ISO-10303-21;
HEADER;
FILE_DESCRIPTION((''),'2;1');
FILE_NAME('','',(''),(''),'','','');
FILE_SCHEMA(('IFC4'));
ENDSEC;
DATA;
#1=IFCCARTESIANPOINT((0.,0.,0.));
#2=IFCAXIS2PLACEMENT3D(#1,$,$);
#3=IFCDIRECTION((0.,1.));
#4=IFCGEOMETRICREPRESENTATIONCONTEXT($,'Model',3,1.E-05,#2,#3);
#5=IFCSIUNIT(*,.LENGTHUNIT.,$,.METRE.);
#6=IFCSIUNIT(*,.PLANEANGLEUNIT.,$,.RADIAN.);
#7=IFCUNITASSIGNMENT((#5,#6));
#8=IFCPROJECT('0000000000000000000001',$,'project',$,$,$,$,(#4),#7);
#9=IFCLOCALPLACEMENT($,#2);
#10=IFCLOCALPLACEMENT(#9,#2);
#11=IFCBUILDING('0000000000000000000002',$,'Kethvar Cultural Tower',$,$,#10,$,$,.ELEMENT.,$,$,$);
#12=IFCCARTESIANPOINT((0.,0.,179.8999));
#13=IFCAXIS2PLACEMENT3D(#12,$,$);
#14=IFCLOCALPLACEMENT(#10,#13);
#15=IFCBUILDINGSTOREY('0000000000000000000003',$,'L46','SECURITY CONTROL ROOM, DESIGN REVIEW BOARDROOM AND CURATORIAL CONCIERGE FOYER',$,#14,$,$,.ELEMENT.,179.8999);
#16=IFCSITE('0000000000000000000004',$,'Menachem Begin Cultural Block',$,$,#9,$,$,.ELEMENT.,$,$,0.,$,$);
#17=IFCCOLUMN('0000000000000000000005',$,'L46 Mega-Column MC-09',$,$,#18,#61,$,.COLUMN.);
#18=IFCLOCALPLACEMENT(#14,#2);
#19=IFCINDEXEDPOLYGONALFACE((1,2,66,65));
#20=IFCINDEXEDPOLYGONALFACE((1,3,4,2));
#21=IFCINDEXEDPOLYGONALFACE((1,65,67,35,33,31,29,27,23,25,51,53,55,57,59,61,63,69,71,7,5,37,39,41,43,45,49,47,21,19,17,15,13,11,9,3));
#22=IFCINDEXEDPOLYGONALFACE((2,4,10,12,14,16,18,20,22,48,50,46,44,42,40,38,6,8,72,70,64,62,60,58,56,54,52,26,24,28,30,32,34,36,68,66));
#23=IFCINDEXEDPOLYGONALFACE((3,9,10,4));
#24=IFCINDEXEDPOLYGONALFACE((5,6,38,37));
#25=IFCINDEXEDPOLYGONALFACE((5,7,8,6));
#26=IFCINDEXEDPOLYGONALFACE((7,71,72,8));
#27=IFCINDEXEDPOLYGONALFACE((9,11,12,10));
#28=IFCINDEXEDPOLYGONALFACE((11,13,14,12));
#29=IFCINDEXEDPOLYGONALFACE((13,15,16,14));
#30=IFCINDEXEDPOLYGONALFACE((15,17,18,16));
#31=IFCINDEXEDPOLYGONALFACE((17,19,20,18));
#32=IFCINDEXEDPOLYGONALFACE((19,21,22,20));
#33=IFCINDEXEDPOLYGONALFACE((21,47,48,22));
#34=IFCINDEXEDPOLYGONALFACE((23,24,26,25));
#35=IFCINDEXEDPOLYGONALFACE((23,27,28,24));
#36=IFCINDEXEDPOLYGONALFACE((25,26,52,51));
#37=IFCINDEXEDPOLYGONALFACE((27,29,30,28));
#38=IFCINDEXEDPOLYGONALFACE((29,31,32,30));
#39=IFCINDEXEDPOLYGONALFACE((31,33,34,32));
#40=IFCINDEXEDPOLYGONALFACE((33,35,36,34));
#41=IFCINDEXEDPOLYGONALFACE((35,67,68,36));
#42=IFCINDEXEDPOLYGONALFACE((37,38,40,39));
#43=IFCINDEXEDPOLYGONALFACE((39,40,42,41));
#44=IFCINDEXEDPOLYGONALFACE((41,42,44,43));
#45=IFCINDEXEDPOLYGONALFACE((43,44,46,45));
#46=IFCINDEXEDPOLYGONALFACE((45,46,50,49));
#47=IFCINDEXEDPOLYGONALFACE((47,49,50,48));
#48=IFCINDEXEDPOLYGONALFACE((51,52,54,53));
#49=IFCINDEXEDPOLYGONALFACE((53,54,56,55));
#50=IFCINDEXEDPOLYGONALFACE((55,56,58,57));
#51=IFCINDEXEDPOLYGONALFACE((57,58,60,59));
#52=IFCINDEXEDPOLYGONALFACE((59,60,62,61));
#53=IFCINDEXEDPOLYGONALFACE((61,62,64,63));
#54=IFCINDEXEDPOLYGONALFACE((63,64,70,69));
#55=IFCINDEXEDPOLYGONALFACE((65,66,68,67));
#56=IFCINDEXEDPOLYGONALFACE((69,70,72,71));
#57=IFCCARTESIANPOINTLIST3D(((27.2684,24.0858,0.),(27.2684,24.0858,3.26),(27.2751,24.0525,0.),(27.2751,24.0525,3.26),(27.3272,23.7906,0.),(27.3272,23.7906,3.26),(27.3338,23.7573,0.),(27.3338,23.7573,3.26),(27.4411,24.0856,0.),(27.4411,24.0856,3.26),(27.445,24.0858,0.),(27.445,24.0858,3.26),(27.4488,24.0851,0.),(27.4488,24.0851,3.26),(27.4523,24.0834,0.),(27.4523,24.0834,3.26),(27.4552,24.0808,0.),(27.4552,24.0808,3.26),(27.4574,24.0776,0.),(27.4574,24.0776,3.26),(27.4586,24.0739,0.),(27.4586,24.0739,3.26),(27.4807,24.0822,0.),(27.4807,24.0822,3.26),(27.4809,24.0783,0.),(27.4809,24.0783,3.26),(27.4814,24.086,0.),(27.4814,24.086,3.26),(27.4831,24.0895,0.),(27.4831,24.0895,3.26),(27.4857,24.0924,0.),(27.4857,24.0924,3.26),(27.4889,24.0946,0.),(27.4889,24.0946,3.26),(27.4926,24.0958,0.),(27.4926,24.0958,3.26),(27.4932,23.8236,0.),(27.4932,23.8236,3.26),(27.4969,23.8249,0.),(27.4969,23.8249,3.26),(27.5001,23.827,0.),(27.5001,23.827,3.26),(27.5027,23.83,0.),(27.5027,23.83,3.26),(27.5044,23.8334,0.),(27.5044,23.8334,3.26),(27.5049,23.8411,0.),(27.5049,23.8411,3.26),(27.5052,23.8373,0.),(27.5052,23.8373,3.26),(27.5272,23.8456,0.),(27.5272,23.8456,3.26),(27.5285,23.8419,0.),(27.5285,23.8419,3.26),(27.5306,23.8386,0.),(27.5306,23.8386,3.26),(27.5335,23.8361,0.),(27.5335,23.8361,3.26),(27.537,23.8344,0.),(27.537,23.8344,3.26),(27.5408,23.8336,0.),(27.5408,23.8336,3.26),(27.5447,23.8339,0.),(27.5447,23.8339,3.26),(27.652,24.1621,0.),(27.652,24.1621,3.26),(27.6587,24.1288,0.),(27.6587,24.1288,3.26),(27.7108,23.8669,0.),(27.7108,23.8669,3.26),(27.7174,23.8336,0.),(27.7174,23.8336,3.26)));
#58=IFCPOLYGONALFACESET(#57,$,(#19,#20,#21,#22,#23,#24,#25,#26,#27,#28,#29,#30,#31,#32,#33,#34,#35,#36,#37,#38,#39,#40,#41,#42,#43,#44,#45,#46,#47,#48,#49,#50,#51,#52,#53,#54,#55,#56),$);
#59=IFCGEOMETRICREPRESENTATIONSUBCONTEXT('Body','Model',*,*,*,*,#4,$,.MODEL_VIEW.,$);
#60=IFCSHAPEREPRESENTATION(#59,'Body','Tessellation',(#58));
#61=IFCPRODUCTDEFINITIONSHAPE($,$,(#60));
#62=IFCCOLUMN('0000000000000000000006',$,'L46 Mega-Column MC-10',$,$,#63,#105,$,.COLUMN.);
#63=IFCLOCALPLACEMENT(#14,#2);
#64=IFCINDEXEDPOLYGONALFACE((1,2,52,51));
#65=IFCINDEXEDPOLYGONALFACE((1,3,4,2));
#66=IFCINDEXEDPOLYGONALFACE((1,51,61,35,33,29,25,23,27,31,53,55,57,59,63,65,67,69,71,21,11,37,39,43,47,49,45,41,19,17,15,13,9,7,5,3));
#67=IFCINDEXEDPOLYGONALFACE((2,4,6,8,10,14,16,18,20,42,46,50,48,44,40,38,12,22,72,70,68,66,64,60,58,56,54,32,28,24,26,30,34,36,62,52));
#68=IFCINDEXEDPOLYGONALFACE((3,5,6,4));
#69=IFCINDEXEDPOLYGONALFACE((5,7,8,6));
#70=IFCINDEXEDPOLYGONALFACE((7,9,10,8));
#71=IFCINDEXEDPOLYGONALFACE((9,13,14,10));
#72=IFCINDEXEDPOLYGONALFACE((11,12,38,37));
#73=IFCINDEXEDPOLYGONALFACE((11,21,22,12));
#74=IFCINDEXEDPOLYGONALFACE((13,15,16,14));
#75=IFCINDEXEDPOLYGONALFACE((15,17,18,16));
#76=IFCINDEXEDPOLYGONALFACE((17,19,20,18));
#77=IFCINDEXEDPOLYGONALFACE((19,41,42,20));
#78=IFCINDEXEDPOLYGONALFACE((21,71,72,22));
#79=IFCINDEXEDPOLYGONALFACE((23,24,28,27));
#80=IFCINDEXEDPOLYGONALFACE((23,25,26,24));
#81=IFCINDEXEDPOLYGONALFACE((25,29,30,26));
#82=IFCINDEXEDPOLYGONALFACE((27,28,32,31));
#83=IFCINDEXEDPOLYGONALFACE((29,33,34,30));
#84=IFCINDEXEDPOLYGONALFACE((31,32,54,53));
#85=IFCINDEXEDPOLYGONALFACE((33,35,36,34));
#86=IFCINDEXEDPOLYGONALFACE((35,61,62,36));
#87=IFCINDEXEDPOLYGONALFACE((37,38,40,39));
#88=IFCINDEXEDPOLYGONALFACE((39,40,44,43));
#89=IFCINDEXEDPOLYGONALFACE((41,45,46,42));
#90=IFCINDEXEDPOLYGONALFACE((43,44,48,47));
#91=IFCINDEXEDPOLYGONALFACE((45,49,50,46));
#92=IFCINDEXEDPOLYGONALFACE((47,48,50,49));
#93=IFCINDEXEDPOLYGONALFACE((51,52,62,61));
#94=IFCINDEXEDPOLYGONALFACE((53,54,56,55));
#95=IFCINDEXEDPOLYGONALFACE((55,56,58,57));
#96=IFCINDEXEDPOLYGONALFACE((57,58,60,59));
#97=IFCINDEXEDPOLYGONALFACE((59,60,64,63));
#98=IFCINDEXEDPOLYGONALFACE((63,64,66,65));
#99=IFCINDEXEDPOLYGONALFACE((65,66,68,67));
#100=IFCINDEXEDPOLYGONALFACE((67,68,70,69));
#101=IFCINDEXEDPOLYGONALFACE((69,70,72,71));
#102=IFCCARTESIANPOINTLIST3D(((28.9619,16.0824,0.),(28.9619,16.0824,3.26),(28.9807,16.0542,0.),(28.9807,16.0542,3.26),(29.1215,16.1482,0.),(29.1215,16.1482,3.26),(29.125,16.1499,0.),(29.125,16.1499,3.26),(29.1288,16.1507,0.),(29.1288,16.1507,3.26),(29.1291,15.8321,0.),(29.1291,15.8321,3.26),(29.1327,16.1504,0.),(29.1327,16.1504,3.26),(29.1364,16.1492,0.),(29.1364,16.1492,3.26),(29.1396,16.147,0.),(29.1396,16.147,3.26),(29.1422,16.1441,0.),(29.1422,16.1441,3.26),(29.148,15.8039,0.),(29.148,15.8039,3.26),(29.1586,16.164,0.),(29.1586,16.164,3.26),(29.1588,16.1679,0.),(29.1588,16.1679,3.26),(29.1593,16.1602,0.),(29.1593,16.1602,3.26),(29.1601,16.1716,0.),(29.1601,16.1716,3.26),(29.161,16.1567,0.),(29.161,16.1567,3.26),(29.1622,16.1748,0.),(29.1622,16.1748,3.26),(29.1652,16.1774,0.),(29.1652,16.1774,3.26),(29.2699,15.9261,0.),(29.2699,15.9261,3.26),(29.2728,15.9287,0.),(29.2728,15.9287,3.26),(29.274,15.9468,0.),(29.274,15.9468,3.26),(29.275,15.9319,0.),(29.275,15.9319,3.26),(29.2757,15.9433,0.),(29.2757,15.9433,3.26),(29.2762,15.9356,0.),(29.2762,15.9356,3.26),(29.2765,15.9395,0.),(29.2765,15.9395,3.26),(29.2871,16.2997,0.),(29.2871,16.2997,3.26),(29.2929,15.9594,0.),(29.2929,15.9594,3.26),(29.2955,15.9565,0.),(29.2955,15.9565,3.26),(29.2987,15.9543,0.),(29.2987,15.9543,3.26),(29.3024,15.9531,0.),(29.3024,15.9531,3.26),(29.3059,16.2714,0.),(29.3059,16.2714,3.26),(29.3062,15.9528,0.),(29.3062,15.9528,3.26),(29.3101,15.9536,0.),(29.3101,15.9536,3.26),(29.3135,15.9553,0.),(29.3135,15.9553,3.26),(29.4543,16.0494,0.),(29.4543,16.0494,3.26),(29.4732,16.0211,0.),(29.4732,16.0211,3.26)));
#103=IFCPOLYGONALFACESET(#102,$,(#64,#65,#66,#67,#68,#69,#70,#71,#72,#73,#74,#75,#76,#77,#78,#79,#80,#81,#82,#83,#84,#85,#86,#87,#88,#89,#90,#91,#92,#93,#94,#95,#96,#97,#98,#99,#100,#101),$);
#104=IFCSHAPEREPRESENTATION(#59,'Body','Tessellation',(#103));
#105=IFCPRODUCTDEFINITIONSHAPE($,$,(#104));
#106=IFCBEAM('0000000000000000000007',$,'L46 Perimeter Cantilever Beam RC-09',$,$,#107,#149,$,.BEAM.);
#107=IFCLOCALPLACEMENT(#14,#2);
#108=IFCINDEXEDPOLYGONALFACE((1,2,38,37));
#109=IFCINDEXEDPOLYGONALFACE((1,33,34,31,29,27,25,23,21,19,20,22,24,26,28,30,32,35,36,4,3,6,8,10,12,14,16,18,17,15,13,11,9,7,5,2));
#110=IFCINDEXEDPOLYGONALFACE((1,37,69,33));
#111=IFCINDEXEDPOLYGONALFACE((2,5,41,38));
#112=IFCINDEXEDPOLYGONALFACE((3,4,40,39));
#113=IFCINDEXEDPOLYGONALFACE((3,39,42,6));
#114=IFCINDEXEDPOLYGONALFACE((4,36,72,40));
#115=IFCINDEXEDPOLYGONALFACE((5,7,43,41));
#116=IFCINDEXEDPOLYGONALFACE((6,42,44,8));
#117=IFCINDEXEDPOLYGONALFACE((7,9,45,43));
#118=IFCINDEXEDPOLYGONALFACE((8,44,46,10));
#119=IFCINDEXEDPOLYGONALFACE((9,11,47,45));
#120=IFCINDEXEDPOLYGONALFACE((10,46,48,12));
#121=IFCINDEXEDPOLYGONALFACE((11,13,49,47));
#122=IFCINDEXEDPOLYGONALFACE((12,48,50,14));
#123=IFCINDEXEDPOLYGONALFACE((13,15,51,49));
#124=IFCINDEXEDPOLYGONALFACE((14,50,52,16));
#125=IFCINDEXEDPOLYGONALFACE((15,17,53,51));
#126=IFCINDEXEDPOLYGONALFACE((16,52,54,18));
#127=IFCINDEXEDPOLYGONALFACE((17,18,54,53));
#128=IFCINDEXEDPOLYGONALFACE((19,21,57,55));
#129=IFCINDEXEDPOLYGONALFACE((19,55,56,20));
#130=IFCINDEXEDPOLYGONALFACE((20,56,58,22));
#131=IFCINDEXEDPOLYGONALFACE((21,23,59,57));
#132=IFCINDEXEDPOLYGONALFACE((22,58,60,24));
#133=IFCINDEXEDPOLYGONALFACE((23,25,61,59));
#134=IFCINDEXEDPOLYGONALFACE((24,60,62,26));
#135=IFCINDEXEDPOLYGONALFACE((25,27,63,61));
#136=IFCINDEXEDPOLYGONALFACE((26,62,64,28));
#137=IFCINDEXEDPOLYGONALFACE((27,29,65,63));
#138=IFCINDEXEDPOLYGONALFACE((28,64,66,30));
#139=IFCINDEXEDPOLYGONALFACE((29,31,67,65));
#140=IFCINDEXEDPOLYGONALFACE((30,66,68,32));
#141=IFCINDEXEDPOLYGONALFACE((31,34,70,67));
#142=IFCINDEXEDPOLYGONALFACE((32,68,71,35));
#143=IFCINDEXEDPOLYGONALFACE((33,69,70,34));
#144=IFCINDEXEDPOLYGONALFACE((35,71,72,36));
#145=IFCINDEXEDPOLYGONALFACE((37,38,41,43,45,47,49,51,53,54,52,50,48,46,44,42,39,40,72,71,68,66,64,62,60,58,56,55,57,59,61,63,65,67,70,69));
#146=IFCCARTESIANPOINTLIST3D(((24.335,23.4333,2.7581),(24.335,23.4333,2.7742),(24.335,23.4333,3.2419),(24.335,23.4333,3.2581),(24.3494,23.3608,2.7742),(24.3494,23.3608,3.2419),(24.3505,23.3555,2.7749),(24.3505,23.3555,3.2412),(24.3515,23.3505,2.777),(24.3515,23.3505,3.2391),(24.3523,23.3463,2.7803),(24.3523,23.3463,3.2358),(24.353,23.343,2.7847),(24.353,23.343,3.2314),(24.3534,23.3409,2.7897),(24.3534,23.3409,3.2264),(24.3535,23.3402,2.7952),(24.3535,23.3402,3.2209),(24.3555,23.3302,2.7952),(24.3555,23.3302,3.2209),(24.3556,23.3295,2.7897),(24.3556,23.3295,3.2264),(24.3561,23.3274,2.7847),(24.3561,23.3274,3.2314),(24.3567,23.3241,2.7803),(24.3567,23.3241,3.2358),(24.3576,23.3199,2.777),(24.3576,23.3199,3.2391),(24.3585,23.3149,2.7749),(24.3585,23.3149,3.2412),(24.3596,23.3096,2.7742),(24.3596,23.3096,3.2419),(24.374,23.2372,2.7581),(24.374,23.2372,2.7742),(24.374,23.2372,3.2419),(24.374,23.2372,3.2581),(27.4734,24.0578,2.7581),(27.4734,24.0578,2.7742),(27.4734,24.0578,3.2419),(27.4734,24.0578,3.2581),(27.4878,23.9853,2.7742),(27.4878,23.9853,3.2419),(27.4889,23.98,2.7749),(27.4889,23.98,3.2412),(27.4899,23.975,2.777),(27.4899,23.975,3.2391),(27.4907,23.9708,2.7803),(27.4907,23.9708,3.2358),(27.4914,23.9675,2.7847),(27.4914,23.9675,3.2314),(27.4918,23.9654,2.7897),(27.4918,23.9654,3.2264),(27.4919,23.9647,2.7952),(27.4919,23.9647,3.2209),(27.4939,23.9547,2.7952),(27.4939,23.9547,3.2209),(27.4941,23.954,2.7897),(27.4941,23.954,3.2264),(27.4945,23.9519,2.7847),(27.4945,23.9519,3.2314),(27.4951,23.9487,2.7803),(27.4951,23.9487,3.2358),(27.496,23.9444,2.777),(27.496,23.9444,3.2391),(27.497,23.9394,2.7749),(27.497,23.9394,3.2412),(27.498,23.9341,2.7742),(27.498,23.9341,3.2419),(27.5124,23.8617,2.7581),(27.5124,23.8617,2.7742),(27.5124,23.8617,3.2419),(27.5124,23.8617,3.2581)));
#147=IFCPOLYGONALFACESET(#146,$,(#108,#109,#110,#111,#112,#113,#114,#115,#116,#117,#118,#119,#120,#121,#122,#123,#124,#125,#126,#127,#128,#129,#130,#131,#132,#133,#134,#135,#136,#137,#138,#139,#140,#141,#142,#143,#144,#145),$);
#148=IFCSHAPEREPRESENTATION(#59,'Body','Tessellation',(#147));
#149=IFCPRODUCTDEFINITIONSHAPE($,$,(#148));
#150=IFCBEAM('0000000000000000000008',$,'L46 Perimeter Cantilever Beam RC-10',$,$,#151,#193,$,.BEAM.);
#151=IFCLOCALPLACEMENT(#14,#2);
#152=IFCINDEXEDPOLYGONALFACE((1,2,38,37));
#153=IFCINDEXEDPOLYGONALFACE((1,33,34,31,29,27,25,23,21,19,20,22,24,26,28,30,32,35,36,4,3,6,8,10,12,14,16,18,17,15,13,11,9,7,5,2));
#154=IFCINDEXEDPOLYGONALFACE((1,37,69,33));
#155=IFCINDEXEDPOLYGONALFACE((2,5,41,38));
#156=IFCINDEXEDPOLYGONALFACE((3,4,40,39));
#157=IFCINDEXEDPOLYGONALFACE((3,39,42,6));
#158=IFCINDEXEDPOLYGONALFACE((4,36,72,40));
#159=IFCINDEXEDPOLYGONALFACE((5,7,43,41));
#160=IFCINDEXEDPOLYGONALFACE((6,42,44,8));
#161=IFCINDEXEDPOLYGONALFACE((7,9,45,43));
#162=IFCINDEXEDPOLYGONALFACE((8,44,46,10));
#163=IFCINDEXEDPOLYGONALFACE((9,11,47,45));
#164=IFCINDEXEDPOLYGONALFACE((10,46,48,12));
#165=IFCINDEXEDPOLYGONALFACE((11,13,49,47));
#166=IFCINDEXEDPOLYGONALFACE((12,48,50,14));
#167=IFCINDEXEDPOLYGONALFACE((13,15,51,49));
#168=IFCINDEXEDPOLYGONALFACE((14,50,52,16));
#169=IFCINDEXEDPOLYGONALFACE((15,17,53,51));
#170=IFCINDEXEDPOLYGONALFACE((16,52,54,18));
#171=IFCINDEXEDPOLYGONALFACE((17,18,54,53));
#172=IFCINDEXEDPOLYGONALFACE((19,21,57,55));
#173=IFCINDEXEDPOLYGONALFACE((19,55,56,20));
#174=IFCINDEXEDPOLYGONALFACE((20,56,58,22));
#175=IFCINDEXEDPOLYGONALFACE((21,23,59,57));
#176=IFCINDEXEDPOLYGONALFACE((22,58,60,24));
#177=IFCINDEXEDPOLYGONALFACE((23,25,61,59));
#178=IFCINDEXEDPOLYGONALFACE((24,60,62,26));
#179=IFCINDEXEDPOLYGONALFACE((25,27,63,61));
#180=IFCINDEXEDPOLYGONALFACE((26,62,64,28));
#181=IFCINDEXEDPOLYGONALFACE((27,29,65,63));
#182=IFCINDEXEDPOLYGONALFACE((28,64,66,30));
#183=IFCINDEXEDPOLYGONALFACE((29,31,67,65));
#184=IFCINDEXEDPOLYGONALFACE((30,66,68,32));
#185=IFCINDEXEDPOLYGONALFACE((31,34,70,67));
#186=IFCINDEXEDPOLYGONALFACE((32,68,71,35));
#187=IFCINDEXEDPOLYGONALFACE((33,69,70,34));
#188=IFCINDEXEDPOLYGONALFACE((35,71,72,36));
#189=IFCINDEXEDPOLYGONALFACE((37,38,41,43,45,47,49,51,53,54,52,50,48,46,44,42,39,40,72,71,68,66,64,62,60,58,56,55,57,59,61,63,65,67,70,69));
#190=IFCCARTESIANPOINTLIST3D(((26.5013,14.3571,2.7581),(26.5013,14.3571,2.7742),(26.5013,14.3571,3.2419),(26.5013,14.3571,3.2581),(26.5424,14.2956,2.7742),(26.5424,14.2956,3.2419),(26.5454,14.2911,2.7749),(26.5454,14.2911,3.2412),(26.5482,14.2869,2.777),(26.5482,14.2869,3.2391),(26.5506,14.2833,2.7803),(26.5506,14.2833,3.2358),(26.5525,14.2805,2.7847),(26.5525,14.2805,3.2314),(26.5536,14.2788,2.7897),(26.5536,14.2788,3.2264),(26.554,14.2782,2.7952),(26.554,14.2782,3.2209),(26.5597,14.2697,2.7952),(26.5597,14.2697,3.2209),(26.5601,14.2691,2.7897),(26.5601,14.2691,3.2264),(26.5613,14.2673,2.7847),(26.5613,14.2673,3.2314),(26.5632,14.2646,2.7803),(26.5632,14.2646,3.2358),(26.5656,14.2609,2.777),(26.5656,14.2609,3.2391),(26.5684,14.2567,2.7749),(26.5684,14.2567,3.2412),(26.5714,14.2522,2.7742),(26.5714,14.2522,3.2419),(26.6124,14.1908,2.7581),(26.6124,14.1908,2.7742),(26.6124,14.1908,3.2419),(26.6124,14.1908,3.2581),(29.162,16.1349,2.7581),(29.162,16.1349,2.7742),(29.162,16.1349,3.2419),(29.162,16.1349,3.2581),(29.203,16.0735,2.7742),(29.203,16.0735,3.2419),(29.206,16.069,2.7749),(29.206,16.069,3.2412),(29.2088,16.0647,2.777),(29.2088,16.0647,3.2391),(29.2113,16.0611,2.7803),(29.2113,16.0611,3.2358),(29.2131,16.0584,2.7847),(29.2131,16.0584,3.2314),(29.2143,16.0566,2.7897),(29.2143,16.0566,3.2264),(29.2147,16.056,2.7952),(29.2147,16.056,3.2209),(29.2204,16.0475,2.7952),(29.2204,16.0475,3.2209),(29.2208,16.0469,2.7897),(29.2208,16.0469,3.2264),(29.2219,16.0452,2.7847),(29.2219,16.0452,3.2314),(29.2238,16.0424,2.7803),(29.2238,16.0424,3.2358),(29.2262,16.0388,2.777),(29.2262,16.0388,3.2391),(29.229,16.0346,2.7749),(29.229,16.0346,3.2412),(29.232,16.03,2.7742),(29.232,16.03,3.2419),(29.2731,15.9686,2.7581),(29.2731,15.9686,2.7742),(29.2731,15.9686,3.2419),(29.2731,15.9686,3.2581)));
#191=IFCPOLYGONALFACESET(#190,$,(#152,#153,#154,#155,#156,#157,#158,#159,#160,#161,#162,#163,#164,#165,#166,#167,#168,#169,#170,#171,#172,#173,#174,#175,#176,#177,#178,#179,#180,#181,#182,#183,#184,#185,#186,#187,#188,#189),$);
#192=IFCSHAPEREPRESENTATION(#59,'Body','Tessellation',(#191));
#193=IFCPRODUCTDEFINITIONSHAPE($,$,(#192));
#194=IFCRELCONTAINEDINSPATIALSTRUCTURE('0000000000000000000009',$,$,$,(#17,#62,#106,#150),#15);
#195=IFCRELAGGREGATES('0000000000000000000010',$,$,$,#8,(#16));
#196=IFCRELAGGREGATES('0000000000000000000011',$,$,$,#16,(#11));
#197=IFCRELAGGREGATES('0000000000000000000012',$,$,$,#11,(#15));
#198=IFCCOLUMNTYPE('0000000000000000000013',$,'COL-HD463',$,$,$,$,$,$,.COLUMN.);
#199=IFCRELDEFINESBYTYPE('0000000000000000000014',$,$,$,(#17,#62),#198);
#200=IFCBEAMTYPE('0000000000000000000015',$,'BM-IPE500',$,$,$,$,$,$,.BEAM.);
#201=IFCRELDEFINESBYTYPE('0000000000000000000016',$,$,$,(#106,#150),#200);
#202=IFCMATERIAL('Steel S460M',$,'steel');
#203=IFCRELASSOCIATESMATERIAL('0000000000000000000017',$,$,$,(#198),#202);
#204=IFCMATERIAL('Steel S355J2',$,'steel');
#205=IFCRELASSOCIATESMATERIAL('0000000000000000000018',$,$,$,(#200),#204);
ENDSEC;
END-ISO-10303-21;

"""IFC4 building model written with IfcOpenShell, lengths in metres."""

from ifc_helpers import new_model, si_unit, direction, frame, origin, origin_2d, place, context, subcontext, project, spatial, i_section, extrude, source, transform, mapped, material, material_profile, profile_set, type_object, element, save


model = new_model("IFC4")

# Units and contexts
model_context = context("Model", 3, precision=1e-05, world=origin(), true_north=direction((0.0, 1.0)))
body_context = subcontext(model_context, "Body", "Model", "MODEL_VIEW")
ifc_project = project(units=[si_unit("LENGTHUNIT", "METRE"), si_unit("PLANEANGLEUNIT", "RADIAN")], contexts=[model_context])

# Site, building, storey
site_placement = place(None, origin())
site = spatial("IfcSite", under=ifc_project, at=site_placement, Name="Menachem Begin Cultural Block", CompositionType="ELEMENT", RefElevation=0.0)
building_placement = place(site_placement, origin())
building = spatial("IfcBuilding", under=site, at=building_placement, Name="Kethvar Cultural Tower", CompositionType="ELEMENT")
storey_placement = place(building_placement, frame((0.0, 0.0, 179.8999)))
storey = spatial("IfcBuildingStorey", under=building, at=storey_placement, Name="L46", Description="SECURITY CONTROL ROOM, DESIGN REVIEW BOARDROOM AND CURATORIAL CONCIERGE FOYER", CompositionType="ELEMENT", Elevation=179.8999)

# Columns
ifc_material_1 = material(Name="Steel S460M", Category="steel")
ifc_material_profile_1 = material_profile(ifc_material_1, i_section(OverallWidth=0.3911, OverallDepth=0.335, WebThickness=0.0227, FlangeThickness=0.0339, FilletRadius=0.0149, at=origin_2d()), Name="Steel S460M — HD400x463")
ifc_profile_set_1 = profile_set([ifc_material_profile_1], Name="Steel S460M — HD400x463")
column_type = type_object("IfcColumnType", Name="COL-HD463", PredefinedType="COLUMN", material=ifc_profile_set_1)
shared_shape_1 = source(origin(), body_context, "Body", "SweptSolid", [
    extrude(i_section(OverallWidth=0.3911, OverallDepth=0.335, WebThickness=0.0227, FlangeThickness=0.0339, FilletRadius=0.0149, at=origin_2d()), origin(), (0.0, 0.0, 1.0), 3.26),
])
for number, where, z_axis, x_axis, name in (
    (1, (27.4929, 23.9597, 0.0), (0.0, 0.0, 1.0), (-0.980785, -0.19509, 0.0), "L46 Mega-Column MC-09"),
    (2, (29.2175, 16.0518, 0.0), (0.0, 0.0, 1.0), (-0.83147, -0.55557, 0.0), "L46 Mega-Column MC-10"),
):
    element("IfcColumn", number, at=place(storey_placement, frame(where, z_axis=z_axis, x_axis=x_axis)), inside=storey, type_object=column_type, Name=name, PredefinedType="COLUMN", context=body_context, shape_type="MappedRepresentation", body=[
        mapped(shared_shape_1, transform((0.0, 0.0, 0.0), scale=1.0)),
    ])

# Beams
ifc_material_2 = material(Name="Steel S355J2", Category="steel")
ifc_material_profile_2 = material_profile(ifc_material_2, i_section(OverallWidth=0.2, OverallDepth=0.5, WebThickness=0.0103, FlangeThickness=0.0161, FilletRadius=0.021, at=origin_2d()), Name="Steel S355J2 — IPE500")
ifc_profile_set_2 = profile_set([ifc_material_profile_2], Name="Steel S355J2 — IPE500")
beam_type_1 = type_object("IfcBeamType", Name="BM-IPE500", PredefinedType="BEAM", material=ifc_profile_set_2)
shared_shape_2 = source(origin(), body_context, "Body", "SweptSolid", [
    extrude(i_section(OverallWidth=0.2, OverallDepth=0.5, WebThickness=0.0103, FlangeThickness=0.0161, FilletRadius=0.021, at=origin_2d()), origin(), (0.0, 0.0, 1.0), 3.2),
])
for number, where, z_axis, x_axis, name in (
    (3, (27.4929, 23.9597, 3.0081), (-0.980771, -0.195162, 0.0), (0.195162, -0.980771, 0.0), "L46 Perimeter Cantilever Beam RC-09"),
    (4, (29.2175, 16.0518, 3.0081), (-0.831463, -0.55558, 0.0), (0.55558, -0.831463, 0.0), "L46 Perimeter Cantilever Beam RC-10"),
):
    element("IfcBeam", number, at=place(storey_placement, frame(where, z_axis=z_axis, x_axis=x_axis)), inside=storey, type_object=beam_type_1, Name=name, PredefinedType="BEAM", context=body_context, shape_type="MappedRepresentation", body=[
        mapped(shared_shape_2, transform((0.0, 0.0, 0.0), scale=1.0)),
    ])

save(model, "model.ifc")
